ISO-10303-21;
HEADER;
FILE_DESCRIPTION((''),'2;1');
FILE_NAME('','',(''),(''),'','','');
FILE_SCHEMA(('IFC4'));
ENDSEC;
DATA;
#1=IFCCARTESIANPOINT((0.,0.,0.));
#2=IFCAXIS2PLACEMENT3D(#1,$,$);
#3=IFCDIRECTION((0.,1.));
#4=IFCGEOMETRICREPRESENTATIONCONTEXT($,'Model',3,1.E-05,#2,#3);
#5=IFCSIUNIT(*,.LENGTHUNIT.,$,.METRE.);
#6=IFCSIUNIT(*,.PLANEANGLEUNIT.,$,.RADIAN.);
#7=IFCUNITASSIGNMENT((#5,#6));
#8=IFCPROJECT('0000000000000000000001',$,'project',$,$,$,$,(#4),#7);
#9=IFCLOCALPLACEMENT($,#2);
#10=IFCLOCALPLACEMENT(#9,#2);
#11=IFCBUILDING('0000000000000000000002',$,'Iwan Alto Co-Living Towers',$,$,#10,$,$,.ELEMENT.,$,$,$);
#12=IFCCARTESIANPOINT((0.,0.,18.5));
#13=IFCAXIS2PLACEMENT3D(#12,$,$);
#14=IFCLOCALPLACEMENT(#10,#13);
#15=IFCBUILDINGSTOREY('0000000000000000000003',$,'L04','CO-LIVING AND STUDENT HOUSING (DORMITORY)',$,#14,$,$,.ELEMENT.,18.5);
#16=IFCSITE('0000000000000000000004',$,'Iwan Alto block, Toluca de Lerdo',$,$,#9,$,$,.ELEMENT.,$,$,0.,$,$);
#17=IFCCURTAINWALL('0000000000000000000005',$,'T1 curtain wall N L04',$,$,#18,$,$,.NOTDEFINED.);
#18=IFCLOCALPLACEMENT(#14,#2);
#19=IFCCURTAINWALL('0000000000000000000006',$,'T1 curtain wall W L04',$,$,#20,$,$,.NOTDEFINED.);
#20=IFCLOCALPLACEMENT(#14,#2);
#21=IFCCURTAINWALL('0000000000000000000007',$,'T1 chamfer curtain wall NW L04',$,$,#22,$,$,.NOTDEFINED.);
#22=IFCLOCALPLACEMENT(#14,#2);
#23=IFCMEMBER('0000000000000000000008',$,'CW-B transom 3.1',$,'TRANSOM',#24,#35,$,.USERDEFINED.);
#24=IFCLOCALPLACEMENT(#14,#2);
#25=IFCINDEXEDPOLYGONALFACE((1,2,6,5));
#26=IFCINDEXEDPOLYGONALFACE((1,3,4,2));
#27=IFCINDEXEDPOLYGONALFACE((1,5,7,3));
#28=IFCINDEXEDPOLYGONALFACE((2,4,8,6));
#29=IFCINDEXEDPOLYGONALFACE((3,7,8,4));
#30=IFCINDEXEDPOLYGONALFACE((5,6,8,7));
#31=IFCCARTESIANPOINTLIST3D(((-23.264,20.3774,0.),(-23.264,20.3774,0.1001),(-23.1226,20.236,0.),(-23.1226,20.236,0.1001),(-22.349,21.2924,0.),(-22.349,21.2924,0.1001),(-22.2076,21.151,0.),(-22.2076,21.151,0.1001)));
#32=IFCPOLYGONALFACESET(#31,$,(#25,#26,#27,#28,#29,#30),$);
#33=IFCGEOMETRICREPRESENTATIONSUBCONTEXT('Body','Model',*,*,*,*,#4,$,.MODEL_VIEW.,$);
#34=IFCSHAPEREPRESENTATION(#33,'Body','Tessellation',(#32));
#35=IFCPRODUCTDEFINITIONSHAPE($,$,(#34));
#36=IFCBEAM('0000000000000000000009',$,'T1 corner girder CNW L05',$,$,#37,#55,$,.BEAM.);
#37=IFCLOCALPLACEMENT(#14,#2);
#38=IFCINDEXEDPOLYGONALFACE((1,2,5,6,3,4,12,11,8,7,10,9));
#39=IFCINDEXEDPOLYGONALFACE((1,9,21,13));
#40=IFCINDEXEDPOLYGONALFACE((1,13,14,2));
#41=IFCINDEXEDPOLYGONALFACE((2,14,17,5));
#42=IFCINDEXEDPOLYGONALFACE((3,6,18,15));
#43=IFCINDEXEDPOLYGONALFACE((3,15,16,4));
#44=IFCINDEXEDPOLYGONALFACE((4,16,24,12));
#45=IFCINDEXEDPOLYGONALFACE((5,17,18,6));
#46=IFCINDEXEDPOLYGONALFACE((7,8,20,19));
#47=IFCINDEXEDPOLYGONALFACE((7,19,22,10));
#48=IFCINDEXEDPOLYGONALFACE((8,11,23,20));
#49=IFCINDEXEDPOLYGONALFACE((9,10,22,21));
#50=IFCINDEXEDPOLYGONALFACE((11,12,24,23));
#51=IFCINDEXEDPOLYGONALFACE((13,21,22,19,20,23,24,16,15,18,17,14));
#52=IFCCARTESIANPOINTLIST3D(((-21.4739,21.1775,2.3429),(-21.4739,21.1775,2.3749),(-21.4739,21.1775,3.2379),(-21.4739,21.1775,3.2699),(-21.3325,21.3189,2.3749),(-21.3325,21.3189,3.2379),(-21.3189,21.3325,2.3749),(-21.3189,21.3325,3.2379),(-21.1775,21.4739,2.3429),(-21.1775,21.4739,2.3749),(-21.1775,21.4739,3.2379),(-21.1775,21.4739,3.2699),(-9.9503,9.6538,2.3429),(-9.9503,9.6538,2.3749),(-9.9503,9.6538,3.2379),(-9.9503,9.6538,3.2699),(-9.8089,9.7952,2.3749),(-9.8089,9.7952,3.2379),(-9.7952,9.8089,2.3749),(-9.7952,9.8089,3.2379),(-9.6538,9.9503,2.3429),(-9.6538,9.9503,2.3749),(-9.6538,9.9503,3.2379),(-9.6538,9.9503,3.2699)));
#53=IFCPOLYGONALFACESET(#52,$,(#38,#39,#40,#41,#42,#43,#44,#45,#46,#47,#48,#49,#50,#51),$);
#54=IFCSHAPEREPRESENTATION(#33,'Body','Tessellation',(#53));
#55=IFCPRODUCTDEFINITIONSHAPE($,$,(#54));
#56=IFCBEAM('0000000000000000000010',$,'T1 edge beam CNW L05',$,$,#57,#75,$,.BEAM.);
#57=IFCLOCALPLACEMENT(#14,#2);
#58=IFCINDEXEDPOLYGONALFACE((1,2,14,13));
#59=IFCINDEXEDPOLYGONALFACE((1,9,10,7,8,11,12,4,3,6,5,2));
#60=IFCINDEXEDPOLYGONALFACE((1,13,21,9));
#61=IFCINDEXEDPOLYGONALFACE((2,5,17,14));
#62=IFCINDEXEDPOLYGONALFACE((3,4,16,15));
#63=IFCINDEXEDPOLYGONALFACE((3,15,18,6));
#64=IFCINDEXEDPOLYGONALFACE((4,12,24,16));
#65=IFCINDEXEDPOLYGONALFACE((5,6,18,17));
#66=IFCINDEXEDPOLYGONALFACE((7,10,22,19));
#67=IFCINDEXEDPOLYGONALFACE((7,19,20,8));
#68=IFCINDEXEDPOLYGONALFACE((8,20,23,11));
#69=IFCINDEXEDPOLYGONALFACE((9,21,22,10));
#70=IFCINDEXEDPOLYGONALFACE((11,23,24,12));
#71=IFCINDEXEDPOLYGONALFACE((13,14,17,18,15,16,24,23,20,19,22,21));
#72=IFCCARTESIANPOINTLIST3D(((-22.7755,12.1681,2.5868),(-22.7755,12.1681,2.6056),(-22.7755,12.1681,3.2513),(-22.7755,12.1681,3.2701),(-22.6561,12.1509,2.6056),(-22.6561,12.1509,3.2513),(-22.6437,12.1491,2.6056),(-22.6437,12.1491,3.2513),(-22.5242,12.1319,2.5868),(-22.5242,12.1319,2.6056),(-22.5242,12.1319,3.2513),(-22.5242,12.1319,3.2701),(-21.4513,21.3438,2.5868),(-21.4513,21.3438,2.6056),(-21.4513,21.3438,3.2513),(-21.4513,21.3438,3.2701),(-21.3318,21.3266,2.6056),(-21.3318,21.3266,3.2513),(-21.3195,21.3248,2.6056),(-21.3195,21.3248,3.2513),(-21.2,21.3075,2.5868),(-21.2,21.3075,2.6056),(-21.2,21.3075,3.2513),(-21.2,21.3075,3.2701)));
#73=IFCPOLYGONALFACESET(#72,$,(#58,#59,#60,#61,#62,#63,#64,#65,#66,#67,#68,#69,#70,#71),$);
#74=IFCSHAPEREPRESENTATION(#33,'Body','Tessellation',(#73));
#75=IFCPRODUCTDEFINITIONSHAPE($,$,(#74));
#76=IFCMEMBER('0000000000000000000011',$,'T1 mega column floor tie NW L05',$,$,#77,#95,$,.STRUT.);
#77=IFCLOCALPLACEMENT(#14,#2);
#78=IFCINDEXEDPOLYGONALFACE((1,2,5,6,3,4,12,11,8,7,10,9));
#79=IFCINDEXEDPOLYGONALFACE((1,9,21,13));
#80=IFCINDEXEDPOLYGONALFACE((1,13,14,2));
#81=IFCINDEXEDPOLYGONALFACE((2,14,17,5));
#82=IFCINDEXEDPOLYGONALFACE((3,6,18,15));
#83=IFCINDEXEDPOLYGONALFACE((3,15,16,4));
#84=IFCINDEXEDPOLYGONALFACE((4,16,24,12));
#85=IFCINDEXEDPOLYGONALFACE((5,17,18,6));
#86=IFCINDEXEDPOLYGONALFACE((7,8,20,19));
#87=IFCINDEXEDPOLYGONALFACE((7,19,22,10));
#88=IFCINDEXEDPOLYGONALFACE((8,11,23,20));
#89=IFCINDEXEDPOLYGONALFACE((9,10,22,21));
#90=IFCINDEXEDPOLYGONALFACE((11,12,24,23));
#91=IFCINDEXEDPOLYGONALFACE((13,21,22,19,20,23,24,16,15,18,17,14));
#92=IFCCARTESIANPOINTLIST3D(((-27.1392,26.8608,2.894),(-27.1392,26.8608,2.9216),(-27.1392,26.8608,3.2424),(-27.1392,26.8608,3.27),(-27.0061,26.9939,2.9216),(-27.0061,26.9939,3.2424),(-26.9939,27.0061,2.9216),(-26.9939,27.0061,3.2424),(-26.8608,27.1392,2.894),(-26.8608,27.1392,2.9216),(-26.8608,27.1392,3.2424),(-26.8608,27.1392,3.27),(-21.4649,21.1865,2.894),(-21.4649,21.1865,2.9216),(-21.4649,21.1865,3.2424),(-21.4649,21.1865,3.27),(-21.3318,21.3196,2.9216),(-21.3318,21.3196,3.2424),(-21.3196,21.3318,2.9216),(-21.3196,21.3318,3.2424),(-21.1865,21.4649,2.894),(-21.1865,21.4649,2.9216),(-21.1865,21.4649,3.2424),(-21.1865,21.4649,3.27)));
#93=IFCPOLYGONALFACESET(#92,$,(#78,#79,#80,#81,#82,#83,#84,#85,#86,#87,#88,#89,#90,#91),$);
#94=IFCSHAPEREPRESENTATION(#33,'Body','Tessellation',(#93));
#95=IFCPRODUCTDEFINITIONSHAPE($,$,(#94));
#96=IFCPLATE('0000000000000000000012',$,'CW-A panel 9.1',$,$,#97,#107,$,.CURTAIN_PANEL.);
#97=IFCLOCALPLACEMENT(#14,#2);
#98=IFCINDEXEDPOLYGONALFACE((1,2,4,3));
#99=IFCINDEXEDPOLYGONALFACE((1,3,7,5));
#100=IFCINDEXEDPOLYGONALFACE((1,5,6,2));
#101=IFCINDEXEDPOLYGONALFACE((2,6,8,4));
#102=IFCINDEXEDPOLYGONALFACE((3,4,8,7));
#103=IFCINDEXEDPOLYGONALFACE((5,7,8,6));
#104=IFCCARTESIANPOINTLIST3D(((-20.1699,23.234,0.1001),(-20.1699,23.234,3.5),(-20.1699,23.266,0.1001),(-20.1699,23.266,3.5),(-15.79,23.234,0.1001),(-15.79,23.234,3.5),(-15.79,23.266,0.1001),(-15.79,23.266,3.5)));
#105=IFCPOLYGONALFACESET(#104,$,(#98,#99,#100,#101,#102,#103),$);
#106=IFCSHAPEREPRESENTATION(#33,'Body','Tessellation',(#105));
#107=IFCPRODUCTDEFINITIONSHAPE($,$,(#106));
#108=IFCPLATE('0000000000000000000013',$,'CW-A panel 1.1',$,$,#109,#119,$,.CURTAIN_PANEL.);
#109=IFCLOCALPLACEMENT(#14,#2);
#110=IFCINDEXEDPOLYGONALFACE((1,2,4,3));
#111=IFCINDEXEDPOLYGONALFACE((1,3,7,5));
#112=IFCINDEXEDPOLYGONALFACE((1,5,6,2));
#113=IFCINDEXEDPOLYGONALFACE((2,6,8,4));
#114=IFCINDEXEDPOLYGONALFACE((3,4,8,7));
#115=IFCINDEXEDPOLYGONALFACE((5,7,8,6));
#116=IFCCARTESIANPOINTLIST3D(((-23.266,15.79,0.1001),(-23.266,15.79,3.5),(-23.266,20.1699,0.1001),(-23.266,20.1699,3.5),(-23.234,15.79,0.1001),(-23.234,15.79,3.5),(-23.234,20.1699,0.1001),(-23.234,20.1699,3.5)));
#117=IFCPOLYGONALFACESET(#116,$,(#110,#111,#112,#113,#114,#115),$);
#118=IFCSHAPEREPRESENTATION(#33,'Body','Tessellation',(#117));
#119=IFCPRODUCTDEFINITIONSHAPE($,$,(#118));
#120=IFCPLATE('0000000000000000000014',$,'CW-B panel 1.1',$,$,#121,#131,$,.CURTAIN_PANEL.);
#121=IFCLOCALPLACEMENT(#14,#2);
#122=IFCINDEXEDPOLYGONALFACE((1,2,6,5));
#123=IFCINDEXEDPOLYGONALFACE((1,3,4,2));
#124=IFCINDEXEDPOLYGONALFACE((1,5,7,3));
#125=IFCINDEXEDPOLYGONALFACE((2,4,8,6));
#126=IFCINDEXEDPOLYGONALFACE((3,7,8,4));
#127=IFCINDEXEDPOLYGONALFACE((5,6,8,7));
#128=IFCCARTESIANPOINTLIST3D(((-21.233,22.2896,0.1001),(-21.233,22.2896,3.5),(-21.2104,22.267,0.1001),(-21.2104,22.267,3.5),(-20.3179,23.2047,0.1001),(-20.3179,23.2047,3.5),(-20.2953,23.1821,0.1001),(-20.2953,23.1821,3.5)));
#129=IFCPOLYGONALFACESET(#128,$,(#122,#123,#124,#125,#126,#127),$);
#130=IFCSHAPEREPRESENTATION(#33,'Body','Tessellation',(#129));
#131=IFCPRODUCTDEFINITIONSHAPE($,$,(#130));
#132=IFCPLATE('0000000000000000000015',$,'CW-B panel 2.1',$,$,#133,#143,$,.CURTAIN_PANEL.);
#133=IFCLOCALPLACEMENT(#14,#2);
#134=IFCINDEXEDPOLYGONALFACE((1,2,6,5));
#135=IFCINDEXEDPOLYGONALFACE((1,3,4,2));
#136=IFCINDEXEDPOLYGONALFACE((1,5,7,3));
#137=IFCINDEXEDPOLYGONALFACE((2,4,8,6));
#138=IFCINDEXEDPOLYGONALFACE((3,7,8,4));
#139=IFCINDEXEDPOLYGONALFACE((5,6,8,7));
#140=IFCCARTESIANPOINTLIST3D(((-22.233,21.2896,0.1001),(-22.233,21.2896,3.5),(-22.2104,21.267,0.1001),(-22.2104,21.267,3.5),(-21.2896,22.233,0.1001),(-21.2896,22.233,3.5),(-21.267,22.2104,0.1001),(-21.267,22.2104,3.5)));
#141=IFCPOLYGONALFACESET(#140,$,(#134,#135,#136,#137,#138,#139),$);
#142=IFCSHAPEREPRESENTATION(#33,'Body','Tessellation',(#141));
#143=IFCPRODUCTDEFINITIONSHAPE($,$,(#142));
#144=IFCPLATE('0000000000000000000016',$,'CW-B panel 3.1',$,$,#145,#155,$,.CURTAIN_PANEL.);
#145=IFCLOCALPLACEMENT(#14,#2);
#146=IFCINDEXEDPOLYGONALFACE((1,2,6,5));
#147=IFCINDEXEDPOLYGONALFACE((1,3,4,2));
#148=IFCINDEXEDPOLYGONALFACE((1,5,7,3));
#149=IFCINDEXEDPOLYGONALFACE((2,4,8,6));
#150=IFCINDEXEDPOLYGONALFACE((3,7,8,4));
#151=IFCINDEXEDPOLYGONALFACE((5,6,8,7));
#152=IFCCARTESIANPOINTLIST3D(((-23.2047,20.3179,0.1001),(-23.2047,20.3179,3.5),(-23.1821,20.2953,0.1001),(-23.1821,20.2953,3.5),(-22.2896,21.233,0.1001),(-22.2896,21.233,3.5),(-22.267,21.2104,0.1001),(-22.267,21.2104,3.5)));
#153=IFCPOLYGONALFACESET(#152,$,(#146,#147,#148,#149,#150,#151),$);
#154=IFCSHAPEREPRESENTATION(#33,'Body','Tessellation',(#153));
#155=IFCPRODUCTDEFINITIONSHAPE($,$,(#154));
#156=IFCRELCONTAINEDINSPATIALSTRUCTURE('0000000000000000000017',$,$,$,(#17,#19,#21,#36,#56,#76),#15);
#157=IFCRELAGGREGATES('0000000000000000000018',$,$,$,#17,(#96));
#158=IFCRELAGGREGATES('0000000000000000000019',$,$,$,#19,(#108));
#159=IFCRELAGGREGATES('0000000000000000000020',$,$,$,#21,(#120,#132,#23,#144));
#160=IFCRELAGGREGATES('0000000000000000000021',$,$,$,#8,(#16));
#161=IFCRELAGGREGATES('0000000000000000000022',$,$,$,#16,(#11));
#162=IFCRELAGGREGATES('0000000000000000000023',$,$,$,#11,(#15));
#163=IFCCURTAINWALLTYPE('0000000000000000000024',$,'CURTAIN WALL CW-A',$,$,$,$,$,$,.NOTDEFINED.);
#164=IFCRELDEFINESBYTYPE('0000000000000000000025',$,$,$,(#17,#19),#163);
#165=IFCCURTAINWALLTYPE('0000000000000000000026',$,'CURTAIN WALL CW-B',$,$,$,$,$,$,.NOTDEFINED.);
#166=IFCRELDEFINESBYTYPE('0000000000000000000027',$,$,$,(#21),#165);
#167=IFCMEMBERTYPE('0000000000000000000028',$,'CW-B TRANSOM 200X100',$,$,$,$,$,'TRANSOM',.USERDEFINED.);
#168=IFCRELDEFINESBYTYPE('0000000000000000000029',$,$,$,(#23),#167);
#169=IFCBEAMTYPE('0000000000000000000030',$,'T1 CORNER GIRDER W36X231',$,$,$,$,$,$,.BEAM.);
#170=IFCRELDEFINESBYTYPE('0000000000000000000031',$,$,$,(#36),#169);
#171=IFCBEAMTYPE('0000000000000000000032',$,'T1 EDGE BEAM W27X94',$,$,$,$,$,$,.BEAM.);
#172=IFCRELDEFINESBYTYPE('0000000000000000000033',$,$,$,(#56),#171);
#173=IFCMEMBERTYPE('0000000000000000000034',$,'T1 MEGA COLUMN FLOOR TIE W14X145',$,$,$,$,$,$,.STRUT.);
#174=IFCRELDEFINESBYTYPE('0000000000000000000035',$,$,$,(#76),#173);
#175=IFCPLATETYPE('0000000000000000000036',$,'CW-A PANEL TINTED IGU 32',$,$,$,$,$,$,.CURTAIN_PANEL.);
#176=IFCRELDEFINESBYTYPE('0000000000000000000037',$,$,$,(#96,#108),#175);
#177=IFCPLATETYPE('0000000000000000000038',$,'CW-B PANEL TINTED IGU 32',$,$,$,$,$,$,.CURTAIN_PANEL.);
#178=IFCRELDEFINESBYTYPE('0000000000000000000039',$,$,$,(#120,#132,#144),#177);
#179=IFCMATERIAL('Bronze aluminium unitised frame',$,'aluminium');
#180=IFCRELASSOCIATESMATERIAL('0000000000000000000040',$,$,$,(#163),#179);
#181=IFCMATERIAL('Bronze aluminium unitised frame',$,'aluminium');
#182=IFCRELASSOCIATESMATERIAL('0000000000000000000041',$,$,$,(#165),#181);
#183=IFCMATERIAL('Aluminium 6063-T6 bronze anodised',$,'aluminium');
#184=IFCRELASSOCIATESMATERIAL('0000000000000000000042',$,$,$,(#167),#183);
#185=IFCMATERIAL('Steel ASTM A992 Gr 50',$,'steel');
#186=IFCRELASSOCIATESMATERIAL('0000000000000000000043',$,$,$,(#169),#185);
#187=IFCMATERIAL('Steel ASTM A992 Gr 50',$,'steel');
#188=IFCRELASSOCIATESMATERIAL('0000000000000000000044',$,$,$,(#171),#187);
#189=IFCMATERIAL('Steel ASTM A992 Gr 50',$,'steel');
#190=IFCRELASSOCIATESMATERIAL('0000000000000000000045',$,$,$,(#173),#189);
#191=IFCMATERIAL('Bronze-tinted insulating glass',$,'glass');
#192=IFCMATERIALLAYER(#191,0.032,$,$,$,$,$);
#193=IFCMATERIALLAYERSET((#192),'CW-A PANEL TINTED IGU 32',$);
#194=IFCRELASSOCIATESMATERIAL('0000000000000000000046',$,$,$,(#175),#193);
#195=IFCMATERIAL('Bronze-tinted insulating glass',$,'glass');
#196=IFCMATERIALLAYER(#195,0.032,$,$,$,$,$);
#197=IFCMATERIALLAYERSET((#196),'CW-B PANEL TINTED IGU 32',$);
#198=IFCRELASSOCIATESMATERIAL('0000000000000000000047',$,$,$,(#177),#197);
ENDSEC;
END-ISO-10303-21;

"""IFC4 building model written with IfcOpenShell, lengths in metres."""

from ifc_helpers import new_model, si_unit, direction, frame, origin, origin_2d, place, context, subcontext, project, spatial, rectangle, i_section, extrude, material, layer, layer_set, material_profile, profile_set, type_object, element, aggregate, save


model = new_model("IFC4")

# Units and contexts
model_context = context("Model", 3, precision=1e-05, world=origin(), true_north=direction((0.0, 1.0)))
body_context = subcontext(model_context, "Body", "Model", "MODEL_VIEW")
ifc_project = project(units=[si_unit("LENGTHUNIT", "METRE"), si_unit("PLANEANGLEUNIT", "RADIAN")], contexts=[model_context])

# Site, building, storey
site_placement = place(None, origin())
site = spatial("IfcSite", under=ifc_project, at=site_placement, Name="Iwan Alto block, Toluca de Lerdo", CompositionType="ELEMENT", RefElevation=0.0)
building_placement = place(site_placement, origin())
building = spatial("IfcBuilding", under=site, at=building_placement, Name="Iwan Alto Co-Living Towers", CompositionType="ELEMENT")
storey_placement = place(building_placement, frame((0.0, 0.0, 18.5)))
storey = spatial("IfcBuildingStorey", under=building, at=storey_placement, Name="L04", Description="CO-LIVING AND STUDENT HOUSING (DORMITORY)", CompositionType="ELEMENT", Elevation=18.5)

# Curtain walls
ifc_material_1 = material(Name="Bronze aluminium unitised frame", Category="aluminium")
curtain_wall_type_1 = type_object("IfcCurtainWallType", Name="CURTAIN WALL CW-A", PredefinedType="NOTDEFINED", material=ifc_material_1)
curtain_wall_1_placement = place(storey_placement, origin())
curtain_wall_1 = element("IfcCurtainWall", 1, at=curtain_wall_1_placement, inside=storey, type_object=curtain_wall_type_1, Name="T1 curtain wall N L04", PredefinedType="NOTDEFINED")
curtain_wall_2_placement = place(storey_placement, origin())
curtain_wall_2 = element("IfcCurtainWall", 2, at=curtain_wall_2_placement, inside=storey, type_object=curtain_wall_type_1, Name="T1 curtain wall W L04", PredefinedType="NOTDEFINED")

# Curtain wall, member
ifc_material_2 = material(Name="Bronze aluminium unitised frame", Category="aluminium")
curtain_wall_type_2 = type_object("IfcCurtainWallType", Name="CURTAIN WALL CW-B", PredefinedType="NOTDEFINED", material=ifc_material_2)
curtain_wall_3_placement = place(storey_placement, origin())
curtain_wall_3 = element("IfcCurtainWall", 3, at=curtain_wall_3_placement, inside=storey, type_object=curtain_wall_type_2, Name="T1 chamfer curtain wall NW L04", PredefinedType="NOTDEFINED")
ifc_material_3 = material(Name="Aluminium 6063-T6 bronze anodised", Category="aluminium")
ifc_material_profile_1 = material_profile(ifc_material_3, rectangle(XDim=0.2, YDim=0.1001, at=origin_2d()), Name="AL 200X100")
ifc_profile_set_1 = profile_set([ifc_material_profile_1], Name="Aluminium 6063-T6 bronze anodised")
member_type_1 = type_object("IfcMemberType", Name="CW-B TRANSOM 200X100", ElementType="TRANSOM", PredefinedType="USERDEFINED", material=ifc_profile_set_1)
member_1_placement = place(storey_placement, frame((-22.2783, 21.2217, 0.05), z_axis=(-0.707107, -0.707107, 0.0), x_axis=(0.707107, -0.707107, 0.0)))
member_1 = element("IfcMember", 4, at=member_1_placement, type_object=member_type_1, Name="CW-B transom 3.1", ObjectType="TRANSOM", PredefinedType="USERDEFINED", context=body_context, shape_type="SweptSolid", body=[
    extrude(rectangle(XDim=0.2, YDim=0.1001, at=origin_2d()), origin(), (0.0, 0.0, 1.0), 1.2939),
])

# Beams
ifc_material_4 = material(Name="Steel ASTM A992 Gr 50", Category="steel")
ifc_material_profile_2 = material_profile(ifc_material_4, i_section(OverallWidth=0.4192, OverallDepth=0.927, WebThickness=0.0193, FlangeThickness=0.032, at=origin_2d()), Name="W36X231")
ifc_profile_set_2 = profile_set([ifc_material_profile_2], Name="Steel ASTM A992 Gr 50")
beam_type_1 = type_object("IfcBeamType", Name="T1 CORNER GIRDER W36X231", PredefinedType="BEAM", material=ifc_profile_set_2)
beam_1_placement = place(storey_placement, frame((-21.3257, 21.3257, 2.8064), z_axis=(0.707107, -0.707107, 0.0), x_axis=(0.707107, 0.707107, 0.0)))
element("IfcBeam", 5, at=beam_1_placement, inside=storey, type_object=beam_type_1, Name="T1 corner girder CNW L05", PredefinedType="BEAM", context=body_context, shape_type="SweptSolid", body=[
    extrude(i_section(OverallWidth=0.4192, OverallDepth=0.927, WebThickness=0.0193, FlangeThickness=0.032, at=origin_2d()), origin(), (0.0, 0.0, 1.0), 16.2969),
])
ifc_material_5 = material(Name="Steel ASTM A992 Gr 50", Category="steel")
ifc_material_profile_3 = material_profile(ifc_material_5, i_section(OverallWidth=0.2539, OverallDepth=0.6833, WebThickness=0.0125, FlangeThickness=0.0188, at=origin_2d()), Name="W27X94")
ifc_profile_set_3 = profile_set([ifc_material_profile_3], Name="Steel ASTM A992 Gr 50")
beam_type_2 = type_object("IfcBeamType", Name="T1 EDGE BEAM W27X94", PredefinedType="BEAM", material=ifc_profile_set_3)
beam_2_placement = place(storey_placement, frame((-21.3257, 21.3257, 2.9285), z_axis=(-0.142837, -0.989746, 0.0), x_axis=(0.989746, -0.142837, 0.0)))
element("IfcBeam", 6, at=beam_2_placement, inside=storey, type_object=beam_type_2, Name="T1 edge beam CNW L05", PredefinedType="BEAM", context=body_context, shape_type="SweptSolid", body=[
    extrude(i_section(OverallWidth=0.2539, OverallDepth=0.6833, WebThickness=0.0125, FlangeThickness=0.0188, at=origin_2d()), origin(), (0.0, 0.0, 1.0), 9.2708),
])

# Member
ifc_material_6 = material(Name="Steel ASTM A992 Gr 50", Category="steel")
ifc_material_profile_4 = material_profile(ifc_material_6, i_section(OverallWidth=0.3938, OverallDepth=0.376, WebThickness=0.0173, FlangeThickness=0.0276, at=origin_2d()), Name="W14X145")
ifc_profile_set_4 = profile_set([ifc_material_profile_4], Name="Steel ASTM A992 Gr 50")
member_type_2 = type_object("IfcMemberType", Name="T1 MEGA COLUMN FLOOR TIE W14X145", PredefinedType="STRUT", material=ifc_profile_set_4)
member_2_placement = place(storey_placement, frame((-27.0, 27.0, 3.082), z_axis=(0.707107, -0.707107, 0.0), x_axis=(0.707107, 0.707107, 0.0)))
element("IfcMember", 7, at=member_2_placement, inside=storey, type_object=member_type_2, Name="T1 mega column floor tie NW L05", PredefinedType="STRUT", context=body_context, shape_type="SweptSolid", body=[
    extrude(i_section(OverallWidth=0.3938, OverallDepth=0.376, WebThickness=0.0173, FlangeThickness=0.0276, at=origin_2d()), origin(), (0.0, 0.0, 1.0), 8.0247),
])

# Plates
ifc_material_7 = material(Name="Bronze-tinted insulating glass", Category="glass")
ifc_layer_1 = layer(ifc_material_7, 0.032)
ifc_layer_set_1 = layer_set([ifc_layer_1], Name="CW-A PANEL TINTED IGU 32")
plate_type_1 = type_object("IfcPlateType", Name="CW-A PANEL TINTED IGU 32", PredefinedType="CURTAIN_PANEL", material=ifc_layer_set_1)
plate_1_placement = place(storey_placement, frame((-17.98, 23.25, 0.1001), z_axis=(0.0, 0.0, 1.0), x_axis=(-1.0, 0.0, 0.0)))
plate_1 = element("IfcPlate", 8, at=plate_1_placement, type_object=plate_type_1, Name="CW-A panel 9.1", PredefinedType="CURTAIN_PANEL", context=body_context, shape_type="SweptSolid", body=[
    extrude(rectangle(XDim=4.3799, YDim=0.032, at=origin_2d()), origin(), (0.0, 0.0, 1.0), 3.3999),
])
aggregate(curtain_wall_1, [plate_1])
plate_2_placement = place(storey_placement, frame((-23.25, 17.98, 0.1001), z_axis=(0.0, 0.0, 1.0), x_axis=(0.0, -1.0, 0.0)))
plate_2 = element("IfcPlate", 9, at=plate_2_placement, type_object=plate_type_1, Name="CW-A panel 1.1", PredefinedType="CURTAIN_PANEL", context=body_context, shape_type="SweptSolid", body=[
    extrude(rectangle(XDim=4.3799, YDim=0.032, at=origin_2d()), origin(), (0.0, 0.0, 1.0), 3.3999),
])
aggregate(curtain_wall_2, [plate_2])
ifc_material_8 = material(Name="Bronze-tinted insulating glass", Category="glass")
ifc_layer_2 = layer(ifc_material_8, 0.032)
ifc_layer_set_2 = layer_set([ifc_layer_2], Name="CW-B PANEL TINTED IGU 32")
plate_type_2 = type_object("IfcPlateType", Name="CW-B PANEL TINTED IGU 32", PredefinedType="CURTAIN_PANEL", material=ifc_layer_set_2)
plate_3_placement = place(storey_placement, frame((-20.7642, 22.7358, 0.1001), z_axis=(0.0, 0.0, 1.0), x_axis=(-0.707107, -0.707107, 0.0)))
plate_3 = element("IfcPlate", 10, at=plate_3_placement, type_object=plate_type_2, Name="CW-B panel 1.1", PredefinedType="CURTAIN_PANEL", context=body_context, shape_type="SweptSolid", body=[
    extrude(rectangle(XDim=1.2942, YDim=0.032, at=origin_2d()), origin(), (0.0, 0.0, 1.0), 3.3999),
])
plate_4_placement = place(storey_placement, frame((-21.75, 21.75, 0.1001), z_axis=(0.0, 0.0, 1.0), x_axis=(-0.707107, -0.707107, 0.0)))
plate_4 = element("IfcPlate", 11, at=plate_4_placement, type_object=plate_type_2, Name="CW-B panel 2.1", PredefinedType="CURTAIN_PANEL", context=body_context, shape_type="SweptSolid", body=[
    extrude(rectangle(XDim=1.3342, YDim=0.032, at=origin_2d()), origin(), (0.0, 0.0, 1.0), 3.3999),
])
plate_5_placement = place(storey_placement, frame((-22.7358, 20.7642, 0.1001), z_axis=(0.0, 0.0, 1.0), x_axis=(-0.707107, -0.707107, 0.0)))
plate_5 = element("IfcPlate", 12, at=plate_5_placement, type_object=plate_type_2, Name="CW-B panel 3.1", PredefinedType="CURTAIN_PANEL", context=body_context, shape_type="SweptSolid", body=[
    extrude(rectangle(XDim=1.2942, YDim=0.032, at=origin_2d()), origin(), (0.0, 0.0, 1.0), 3.3999),
])
aggregate(curtain_wall_3, [plate_3, plate_4, member_1, plate_5])

save(model, "model.ifc")
